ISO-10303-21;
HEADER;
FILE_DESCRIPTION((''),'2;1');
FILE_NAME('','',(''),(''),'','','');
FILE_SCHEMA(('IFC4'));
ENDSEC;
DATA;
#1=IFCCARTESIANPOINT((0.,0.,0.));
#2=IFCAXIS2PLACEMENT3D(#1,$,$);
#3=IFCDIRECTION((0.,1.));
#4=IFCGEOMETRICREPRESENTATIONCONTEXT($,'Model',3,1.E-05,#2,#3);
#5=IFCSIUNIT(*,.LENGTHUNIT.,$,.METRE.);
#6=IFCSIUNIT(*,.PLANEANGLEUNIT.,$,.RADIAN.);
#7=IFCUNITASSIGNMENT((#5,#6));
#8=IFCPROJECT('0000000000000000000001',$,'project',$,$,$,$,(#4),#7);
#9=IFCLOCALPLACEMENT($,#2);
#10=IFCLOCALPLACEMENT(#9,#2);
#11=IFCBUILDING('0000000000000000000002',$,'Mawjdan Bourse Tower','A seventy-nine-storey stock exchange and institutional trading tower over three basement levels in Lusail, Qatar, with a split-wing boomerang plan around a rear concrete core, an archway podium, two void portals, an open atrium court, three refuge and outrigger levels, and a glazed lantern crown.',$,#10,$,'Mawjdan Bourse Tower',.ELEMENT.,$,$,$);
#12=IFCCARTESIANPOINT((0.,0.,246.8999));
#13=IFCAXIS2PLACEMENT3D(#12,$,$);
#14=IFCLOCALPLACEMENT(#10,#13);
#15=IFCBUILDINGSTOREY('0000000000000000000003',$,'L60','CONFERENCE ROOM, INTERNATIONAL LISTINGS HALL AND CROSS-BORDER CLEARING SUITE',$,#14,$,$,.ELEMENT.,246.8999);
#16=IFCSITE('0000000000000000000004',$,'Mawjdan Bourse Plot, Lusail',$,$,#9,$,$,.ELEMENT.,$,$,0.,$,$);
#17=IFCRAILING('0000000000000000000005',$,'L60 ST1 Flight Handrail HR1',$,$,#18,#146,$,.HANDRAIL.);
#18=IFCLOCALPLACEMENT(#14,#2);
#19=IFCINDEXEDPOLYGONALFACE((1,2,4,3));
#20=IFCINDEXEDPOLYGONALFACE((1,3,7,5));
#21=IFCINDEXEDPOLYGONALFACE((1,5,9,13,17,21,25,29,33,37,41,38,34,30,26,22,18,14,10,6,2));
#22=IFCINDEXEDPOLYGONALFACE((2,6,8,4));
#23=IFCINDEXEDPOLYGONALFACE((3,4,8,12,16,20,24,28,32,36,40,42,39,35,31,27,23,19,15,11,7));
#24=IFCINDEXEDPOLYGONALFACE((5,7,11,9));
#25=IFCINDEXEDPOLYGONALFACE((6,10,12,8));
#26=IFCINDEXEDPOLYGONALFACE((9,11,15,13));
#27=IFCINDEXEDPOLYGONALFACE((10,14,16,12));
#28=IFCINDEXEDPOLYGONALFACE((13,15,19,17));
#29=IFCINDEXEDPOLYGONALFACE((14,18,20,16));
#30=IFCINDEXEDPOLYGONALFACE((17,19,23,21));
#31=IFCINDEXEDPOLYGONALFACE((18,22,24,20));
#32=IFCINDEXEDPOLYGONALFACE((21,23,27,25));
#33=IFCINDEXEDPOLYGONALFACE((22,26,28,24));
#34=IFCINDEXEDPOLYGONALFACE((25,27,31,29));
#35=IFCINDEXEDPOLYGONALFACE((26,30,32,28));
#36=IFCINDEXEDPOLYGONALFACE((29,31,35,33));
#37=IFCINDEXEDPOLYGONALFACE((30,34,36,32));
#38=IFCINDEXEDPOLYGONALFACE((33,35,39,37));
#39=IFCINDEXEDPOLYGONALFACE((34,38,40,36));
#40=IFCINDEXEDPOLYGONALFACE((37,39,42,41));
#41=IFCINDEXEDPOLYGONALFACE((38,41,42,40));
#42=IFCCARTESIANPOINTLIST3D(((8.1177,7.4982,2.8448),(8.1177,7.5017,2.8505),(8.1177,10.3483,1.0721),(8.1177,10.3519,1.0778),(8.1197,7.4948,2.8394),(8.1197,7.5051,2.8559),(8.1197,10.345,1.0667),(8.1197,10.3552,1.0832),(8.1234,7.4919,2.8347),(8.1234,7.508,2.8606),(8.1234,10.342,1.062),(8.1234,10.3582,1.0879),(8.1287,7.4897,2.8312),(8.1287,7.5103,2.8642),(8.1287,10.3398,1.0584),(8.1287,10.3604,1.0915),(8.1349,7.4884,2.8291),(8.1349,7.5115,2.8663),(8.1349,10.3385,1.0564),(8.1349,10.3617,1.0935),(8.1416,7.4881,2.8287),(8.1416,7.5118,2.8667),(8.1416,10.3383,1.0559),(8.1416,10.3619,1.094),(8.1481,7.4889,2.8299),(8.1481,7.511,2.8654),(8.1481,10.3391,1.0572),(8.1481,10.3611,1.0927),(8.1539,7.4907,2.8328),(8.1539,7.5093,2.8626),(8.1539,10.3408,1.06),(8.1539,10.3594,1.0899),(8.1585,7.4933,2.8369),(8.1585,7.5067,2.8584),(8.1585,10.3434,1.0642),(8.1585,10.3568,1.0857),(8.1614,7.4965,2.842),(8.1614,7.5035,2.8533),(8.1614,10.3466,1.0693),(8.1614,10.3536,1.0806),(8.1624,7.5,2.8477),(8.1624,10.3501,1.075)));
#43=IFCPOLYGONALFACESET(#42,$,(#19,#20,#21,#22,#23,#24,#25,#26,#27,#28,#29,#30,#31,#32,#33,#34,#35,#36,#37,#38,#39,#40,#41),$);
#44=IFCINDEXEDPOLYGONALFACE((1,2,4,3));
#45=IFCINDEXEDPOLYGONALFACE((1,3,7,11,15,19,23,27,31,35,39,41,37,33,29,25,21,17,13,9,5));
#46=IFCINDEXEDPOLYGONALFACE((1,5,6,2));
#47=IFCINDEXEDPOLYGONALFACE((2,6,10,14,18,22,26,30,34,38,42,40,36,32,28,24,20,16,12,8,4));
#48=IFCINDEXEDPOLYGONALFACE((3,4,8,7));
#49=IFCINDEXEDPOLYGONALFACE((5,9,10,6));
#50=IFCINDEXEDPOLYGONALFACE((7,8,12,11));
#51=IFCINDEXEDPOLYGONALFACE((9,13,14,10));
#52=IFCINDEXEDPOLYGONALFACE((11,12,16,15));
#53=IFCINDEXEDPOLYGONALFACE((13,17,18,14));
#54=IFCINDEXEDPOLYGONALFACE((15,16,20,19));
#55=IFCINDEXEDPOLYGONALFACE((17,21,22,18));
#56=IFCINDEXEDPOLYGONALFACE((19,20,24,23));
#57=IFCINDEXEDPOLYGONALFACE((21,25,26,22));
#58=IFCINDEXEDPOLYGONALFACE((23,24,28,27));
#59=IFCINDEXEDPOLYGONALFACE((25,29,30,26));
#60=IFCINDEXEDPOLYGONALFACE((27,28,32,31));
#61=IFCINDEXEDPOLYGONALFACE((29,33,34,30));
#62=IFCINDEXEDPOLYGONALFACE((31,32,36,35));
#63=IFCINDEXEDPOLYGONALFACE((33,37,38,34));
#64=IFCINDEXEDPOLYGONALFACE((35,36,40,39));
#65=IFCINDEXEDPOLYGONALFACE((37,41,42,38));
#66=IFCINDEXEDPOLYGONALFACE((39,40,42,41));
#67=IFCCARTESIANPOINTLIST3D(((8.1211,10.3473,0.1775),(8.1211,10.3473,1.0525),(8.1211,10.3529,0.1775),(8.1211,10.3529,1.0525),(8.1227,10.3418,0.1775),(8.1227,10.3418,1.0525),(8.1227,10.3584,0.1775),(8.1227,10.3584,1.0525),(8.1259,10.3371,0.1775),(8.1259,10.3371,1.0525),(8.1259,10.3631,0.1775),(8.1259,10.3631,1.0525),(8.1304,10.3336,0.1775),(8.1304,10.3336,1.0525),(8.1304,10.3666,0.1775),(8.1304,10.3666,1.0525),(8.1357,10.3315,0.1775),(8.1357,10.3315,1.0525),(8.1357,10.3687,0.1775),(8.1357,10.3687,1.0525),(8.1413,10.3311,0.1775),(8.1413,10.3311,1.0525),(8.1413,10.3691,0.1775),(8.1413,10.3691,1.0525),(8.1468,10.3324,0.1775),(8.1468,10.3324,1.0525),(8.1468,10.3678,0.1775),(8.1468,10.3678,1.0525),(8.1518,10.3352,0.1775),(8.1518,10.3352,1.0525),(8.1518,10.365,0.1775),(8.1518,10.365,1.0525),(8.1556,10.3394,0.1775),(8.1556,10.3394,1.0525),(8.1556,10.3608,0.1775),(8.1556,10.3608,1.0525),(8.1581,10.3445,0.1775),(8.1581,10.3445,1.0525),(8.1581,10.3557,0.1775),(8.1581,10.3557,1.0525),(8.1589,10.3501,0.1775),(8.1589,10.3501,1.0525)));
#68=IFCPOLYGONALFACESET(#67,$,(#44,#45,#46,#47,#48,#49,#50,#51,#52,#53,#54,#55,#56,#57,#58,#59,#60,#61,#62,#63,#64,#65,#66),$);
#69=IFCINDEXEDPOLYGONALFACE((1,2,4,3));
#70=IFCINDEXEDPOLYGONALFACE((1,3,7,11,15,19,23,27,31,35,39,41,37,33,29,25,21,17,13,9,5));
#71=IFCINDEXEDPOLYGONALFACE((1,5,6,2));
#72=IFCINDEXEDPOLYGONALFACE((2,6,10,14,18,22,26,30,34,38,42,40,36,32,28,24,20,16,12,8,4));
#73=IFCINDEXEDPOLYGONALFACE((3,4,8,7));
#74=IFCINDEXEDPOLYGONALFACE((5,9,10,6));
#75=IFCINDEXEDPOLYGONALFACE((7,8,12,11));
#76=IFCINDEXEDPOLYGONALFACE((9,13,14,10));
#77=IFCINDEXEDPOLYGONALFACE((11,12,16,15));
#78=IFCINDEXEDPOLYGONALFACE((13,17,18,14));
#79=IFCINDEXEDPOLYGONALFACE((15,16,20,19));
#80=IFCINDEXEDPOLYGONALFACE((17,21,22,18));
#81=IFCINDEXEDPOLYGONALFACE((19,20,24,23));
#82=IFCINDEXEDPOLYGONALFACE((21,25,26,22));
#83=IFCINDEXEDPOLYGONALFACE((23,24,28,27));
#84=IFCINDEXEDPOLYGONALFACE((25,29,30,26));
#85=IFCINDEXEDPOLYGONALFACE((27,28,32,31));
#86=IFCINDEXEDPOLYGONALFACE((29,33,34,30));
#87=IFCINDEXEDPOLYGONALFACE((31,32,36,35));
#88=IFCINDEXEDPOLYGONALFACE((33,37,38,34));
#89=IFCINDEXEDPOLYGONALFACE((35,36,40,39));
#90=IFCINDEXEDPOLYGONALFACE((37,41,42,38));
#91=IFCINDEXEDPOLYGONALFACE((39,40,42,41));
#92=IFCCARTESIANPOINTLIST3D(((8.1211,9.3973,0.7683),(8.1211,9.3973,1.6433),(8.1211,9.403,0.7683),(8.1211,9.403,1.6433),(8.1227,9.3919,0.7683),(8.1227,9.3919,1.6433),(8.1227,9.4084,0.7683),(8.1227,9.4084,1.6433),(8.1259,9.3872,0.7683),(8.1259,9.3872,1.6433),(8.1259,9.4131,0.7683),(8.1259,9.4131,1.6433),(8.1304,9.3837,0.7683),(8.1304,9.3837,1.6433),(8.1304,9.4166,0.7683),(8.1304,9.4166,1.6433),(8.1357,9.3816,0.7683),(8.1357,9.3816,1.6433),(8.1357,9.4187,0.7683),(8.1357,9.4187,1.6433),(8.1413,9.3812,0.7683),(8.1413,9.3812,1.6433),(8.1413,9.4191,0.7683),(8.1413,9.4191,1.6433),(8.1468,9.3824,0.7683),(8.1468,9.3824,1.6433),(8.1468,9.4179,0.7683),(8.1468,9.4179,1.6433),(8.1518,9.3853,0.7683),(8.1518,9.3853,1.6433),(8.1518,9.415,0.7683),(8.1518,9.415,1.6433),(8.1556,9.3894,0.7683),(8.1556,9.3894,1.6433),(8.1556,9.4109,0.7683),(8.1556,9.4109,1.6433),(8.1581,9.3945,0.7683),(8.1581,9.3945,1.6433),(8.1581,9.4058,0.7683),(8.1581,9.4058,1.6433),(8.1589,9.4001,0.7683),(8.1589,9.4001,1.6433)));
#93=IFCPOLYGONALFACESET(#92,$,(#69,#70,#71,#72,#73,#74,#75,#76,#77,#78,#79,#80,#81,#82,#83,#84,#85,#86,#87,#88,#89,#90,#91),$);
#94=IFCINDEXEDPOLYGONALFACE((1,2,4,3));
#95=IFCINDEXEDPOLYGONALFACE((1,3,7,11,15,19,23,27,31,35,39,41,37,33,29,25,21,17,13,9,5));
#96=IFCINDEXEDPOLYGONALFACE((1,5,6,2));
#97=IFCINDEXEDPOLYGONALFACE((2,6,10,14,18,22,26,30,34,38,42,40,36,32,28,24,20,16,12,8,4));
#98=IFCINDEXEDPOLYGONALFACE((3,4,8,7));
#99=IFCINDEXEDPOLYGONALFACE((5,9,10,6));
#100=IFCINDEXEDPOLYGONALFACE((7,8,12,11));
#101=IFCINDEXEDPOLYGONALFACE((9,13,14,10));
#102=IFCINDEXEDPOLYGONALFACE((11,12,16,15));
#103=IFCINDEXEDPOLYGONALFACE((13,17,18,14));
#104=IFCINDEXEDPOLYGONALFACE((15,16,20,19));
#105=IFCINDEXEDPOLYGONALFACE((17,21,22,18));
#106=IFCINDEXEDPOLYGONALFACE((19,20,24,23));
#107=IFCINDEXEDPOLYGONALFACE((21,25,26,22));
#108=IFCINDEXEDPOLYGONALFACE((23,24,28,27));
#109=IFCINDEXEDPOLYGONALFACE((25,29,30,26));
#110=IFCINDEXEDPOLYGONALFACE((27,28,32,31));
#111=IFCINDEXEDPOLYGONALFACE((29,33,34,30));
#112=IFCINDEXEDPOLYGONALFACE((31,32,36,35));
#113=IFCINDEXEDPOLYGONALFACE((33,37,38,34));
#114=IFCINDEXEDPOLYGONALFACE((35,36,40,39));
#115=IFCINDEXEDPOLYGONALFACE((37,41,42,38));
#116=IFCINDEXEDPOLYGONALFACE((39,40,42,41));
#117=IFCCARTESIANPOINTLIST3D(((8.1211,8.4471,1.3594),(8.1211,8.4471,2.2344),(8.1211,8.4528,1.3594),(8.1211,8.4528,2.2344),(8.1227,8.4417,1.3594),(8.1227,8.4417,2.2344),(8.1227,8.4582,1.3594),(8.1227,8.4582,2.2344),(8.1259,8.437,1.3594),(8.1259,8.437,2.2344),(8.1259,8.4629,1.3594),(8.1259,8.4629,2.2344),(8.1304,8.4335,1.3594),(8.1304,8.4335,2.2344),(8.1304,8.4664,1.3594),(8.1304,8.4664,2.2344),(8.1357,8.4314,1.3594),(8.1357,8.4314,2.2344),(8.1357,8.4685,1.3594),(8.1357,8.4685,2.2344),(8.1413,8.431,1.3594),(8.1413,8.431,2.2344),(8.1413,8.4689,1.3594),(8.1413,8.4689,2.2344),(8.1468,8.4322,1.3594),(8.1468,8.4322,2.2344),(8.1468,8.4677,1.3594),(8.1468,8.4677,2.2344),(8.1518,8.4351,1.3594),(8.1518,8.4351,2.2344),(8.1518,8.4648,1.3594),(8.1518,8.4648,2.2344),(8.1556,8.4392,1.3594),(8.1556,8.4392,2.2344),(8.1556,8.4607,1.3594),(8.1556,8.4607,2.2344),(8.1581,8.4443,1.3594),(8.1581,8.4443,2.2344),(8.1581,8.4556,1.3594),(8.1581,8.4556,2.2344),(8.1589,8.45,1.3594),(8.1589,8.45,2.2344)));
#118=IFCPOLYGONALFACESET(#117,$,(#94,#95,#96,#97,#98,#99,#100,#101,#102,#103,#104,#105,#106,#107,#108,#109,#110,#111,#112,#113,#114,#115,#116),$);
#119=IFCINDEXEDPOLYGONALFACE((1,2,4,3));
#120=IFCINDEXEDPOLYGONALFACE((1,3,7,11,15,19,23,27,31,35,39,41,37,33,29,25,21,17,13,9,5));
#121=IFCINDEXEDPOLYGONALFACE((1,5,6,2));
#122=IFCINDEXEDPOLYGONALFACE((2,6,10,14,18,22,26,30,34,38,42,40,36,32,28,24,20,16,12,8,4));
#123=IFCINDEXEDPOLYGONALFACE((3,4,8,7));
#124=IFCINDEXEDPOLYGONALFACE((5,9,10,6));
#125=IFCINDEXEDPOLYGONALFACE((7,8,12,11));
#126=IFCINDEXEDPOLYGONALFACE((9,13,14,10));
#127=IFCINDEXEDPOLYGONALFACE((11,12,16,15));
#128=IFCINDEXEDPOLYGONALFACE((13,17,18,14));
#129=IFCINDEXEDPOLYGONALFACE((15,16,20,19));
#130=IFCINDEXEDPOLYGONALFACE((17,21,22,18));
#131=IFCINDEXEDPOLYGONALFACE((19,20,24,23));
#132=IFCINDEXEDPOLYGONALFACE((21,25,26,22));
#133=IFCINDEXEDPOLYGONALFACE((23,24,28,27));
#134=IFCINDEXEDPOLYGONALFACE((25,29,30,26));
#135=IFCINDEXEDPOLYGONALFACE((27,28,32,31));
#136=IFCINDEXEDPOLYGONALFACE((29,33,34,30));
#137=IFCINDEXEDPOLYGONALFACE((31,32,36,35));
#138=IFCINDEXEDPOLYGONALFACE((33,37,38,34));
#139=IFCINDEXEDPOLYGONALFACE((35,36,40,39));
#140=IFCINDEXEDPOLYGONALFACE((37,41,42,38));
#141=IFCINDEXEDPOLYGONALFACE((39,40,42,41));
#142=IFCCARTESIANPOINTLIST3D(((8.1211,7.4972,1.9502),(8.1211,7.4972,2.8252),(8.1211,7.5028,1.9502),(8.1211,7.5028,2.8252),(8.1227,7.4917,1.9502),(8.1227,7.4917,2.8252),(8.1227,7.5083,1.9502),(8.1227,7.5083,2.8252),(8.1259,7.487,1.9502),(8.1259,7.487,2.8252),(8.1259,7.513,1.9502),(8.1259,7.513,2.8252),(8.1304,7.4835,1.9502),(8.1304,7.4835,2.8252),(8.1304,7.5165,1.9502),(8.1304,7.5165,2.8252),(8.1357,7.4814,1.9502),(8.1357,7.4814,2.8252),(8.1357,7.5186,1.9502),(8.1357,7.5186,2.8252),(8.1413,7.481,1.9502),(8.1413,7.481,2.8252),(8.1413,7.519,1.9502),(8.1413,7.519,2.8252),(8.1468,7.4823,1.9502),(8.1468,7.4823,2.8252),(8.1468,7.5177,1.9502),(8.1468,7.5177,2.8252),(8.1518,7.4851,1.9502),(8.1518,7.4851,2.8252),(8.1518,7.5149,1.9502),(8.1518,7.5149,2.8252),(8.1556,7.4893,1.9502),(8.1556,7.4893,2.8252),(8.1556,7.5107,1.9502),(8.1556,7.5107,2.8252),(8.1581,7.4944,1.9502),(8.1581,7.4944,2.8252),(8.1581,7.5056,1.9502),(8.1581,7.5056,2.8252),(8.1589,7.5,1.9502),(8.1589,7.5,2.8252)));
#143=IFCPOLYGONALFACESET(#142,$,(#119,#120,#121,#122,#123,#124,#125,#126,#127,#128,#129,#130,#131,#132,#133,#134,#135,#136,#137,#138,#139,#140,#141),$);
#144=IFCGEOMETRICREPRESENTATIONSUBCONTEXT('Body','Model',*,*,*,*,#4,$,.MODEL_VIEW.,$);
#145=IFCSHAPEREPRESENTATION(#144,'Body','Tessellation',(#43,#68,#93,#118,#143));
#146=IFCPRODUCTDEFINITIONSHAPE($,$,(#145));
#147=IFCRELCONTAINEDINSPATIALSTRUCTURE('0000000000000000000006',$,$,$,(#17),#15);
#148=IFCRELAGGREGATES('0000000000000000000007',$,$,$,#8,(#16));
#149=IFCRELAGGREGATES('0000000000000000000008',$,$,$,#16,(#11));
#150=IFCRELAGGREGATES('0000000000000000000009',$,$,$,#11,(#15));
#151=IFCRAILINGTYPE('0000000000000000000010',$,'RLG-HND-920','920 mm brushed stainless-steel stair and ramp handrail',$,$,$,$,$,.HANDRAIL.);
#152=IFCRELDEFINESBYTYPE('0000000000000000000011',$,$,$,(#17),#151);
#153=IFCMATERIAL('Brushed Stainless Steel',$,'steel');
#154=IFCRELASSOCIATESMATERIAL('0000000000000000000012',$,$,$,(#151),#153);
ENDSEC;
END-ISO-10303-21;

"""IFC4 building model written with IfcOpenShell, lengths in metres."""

from ifc_helpers import new_model, si_unit, direction, frame, origin, origin_2d, place, context, subcontext, project, spatial, circle, extrude, material, type_object, element, save


model = new_model("IFC4")

# Units and contexts
model_context = context("Model", 3, precision=1e-05, world=origin(), true_north=direction((0.0, 1.0)))
body_context = subcontext(model_context, "Body", "Model", "MODEL_VIEW")
ifc_project = project(units=[si_unit("LENGTHUNIT", "METRE"), si_unit("PLANEANGLEUNIT", "RADIAN")], contexts=[model_context])

# Site, building, storey
site_placement = place(None, origin())
site = spatial("IfcSite", under=ifc_project, at=site_placement, Name="Mawjdan Bourse Plot, Lusail", CompositionType="ELEMENT", RefElevation=0.0)
building_placement = place(site_placement, origin())
building = spatial("IfcBuilding", under=site, at=building_placement, Name="Mawjdan Bourse Tower", Description="A seventy-nine-storey stock exchange and institutional trading tower over three basement levels in Lusail, Qatar, with a split-wing boomerang plan around a rear concrete core, an archway podium, two void portals, an open atrium court, three refuge and outrigger levels, and a glazed lantern crown.", LongName="Mawjdan Bourse Tower", CompositionType="ELEMENT")
storey_placement = place(building_placement, frame((0.0, 0.0, 246.8999)))
storey = spatial("IfcBuildingStorey", under=building, at=storey_placement, Name="L60", Description="CONFERENCE ROOM, INTERNATIONAL LISTINGS HALL AND CROSS-BORDER CLEARING SUITE", CompositionType="ELEMENT", Elevation=246.8999)

# Shared definitions
ifc_material_1 = material(Name="Brushed Stainless Steel", Category="steel")

# Railing
railing_type_1 = type_object("IfcRailingType", Name="RLG-HND-920", Description="920 mm brushed stainless-steel stair and ramp handrail", PredefinedType="HANDRAIL", material=ifc_material_1)
railing_1_placement = place(storey_placement, frame((8.1399, 10.3501, 0.1775)))
element("IfcRailing", 1, at=railing_1_placement, inside=storey, type_object=railing_type_1, Name="L60 ST1 Flight Handrail HR1", PredefinedType="HANDRAIL", context=body_context, shape_type="SweptSolid", body=[
    extrude(circle(Radius=0.0225, at=origin_2d()), frame((0.0, 0.0, 0.8975), z_axis=(0.0, -0.849149, 0.528154), x_axis=(1.0, 0.0, 0.0)), (0.0, 0.0, 1.0), 3.3564),
    extrude(circle(Radius=0.019, at=origin_2d()), origin(), (0.0, 0.0, 1.0), 0.875),
    extrude(circle(Radius=0.019, at=origin_2d()), frame((0.0, -0.95, 0.5908)), (0.0, 0.0, 1.0), 0.875),
    extrude(circle(Radius=0.019, at=origin_2d()), frame((0.0, -1.9001, 1.1819)), (0.0, 0.0, 1.0), 0.875),
    extrude(circle(Radius=0.019, at=origin_2d()), frame((0.0, -2.8501, 1.7727)), (0.0, 0.0, 1.0), 0.875),
])

save(model, "model.ifc")
